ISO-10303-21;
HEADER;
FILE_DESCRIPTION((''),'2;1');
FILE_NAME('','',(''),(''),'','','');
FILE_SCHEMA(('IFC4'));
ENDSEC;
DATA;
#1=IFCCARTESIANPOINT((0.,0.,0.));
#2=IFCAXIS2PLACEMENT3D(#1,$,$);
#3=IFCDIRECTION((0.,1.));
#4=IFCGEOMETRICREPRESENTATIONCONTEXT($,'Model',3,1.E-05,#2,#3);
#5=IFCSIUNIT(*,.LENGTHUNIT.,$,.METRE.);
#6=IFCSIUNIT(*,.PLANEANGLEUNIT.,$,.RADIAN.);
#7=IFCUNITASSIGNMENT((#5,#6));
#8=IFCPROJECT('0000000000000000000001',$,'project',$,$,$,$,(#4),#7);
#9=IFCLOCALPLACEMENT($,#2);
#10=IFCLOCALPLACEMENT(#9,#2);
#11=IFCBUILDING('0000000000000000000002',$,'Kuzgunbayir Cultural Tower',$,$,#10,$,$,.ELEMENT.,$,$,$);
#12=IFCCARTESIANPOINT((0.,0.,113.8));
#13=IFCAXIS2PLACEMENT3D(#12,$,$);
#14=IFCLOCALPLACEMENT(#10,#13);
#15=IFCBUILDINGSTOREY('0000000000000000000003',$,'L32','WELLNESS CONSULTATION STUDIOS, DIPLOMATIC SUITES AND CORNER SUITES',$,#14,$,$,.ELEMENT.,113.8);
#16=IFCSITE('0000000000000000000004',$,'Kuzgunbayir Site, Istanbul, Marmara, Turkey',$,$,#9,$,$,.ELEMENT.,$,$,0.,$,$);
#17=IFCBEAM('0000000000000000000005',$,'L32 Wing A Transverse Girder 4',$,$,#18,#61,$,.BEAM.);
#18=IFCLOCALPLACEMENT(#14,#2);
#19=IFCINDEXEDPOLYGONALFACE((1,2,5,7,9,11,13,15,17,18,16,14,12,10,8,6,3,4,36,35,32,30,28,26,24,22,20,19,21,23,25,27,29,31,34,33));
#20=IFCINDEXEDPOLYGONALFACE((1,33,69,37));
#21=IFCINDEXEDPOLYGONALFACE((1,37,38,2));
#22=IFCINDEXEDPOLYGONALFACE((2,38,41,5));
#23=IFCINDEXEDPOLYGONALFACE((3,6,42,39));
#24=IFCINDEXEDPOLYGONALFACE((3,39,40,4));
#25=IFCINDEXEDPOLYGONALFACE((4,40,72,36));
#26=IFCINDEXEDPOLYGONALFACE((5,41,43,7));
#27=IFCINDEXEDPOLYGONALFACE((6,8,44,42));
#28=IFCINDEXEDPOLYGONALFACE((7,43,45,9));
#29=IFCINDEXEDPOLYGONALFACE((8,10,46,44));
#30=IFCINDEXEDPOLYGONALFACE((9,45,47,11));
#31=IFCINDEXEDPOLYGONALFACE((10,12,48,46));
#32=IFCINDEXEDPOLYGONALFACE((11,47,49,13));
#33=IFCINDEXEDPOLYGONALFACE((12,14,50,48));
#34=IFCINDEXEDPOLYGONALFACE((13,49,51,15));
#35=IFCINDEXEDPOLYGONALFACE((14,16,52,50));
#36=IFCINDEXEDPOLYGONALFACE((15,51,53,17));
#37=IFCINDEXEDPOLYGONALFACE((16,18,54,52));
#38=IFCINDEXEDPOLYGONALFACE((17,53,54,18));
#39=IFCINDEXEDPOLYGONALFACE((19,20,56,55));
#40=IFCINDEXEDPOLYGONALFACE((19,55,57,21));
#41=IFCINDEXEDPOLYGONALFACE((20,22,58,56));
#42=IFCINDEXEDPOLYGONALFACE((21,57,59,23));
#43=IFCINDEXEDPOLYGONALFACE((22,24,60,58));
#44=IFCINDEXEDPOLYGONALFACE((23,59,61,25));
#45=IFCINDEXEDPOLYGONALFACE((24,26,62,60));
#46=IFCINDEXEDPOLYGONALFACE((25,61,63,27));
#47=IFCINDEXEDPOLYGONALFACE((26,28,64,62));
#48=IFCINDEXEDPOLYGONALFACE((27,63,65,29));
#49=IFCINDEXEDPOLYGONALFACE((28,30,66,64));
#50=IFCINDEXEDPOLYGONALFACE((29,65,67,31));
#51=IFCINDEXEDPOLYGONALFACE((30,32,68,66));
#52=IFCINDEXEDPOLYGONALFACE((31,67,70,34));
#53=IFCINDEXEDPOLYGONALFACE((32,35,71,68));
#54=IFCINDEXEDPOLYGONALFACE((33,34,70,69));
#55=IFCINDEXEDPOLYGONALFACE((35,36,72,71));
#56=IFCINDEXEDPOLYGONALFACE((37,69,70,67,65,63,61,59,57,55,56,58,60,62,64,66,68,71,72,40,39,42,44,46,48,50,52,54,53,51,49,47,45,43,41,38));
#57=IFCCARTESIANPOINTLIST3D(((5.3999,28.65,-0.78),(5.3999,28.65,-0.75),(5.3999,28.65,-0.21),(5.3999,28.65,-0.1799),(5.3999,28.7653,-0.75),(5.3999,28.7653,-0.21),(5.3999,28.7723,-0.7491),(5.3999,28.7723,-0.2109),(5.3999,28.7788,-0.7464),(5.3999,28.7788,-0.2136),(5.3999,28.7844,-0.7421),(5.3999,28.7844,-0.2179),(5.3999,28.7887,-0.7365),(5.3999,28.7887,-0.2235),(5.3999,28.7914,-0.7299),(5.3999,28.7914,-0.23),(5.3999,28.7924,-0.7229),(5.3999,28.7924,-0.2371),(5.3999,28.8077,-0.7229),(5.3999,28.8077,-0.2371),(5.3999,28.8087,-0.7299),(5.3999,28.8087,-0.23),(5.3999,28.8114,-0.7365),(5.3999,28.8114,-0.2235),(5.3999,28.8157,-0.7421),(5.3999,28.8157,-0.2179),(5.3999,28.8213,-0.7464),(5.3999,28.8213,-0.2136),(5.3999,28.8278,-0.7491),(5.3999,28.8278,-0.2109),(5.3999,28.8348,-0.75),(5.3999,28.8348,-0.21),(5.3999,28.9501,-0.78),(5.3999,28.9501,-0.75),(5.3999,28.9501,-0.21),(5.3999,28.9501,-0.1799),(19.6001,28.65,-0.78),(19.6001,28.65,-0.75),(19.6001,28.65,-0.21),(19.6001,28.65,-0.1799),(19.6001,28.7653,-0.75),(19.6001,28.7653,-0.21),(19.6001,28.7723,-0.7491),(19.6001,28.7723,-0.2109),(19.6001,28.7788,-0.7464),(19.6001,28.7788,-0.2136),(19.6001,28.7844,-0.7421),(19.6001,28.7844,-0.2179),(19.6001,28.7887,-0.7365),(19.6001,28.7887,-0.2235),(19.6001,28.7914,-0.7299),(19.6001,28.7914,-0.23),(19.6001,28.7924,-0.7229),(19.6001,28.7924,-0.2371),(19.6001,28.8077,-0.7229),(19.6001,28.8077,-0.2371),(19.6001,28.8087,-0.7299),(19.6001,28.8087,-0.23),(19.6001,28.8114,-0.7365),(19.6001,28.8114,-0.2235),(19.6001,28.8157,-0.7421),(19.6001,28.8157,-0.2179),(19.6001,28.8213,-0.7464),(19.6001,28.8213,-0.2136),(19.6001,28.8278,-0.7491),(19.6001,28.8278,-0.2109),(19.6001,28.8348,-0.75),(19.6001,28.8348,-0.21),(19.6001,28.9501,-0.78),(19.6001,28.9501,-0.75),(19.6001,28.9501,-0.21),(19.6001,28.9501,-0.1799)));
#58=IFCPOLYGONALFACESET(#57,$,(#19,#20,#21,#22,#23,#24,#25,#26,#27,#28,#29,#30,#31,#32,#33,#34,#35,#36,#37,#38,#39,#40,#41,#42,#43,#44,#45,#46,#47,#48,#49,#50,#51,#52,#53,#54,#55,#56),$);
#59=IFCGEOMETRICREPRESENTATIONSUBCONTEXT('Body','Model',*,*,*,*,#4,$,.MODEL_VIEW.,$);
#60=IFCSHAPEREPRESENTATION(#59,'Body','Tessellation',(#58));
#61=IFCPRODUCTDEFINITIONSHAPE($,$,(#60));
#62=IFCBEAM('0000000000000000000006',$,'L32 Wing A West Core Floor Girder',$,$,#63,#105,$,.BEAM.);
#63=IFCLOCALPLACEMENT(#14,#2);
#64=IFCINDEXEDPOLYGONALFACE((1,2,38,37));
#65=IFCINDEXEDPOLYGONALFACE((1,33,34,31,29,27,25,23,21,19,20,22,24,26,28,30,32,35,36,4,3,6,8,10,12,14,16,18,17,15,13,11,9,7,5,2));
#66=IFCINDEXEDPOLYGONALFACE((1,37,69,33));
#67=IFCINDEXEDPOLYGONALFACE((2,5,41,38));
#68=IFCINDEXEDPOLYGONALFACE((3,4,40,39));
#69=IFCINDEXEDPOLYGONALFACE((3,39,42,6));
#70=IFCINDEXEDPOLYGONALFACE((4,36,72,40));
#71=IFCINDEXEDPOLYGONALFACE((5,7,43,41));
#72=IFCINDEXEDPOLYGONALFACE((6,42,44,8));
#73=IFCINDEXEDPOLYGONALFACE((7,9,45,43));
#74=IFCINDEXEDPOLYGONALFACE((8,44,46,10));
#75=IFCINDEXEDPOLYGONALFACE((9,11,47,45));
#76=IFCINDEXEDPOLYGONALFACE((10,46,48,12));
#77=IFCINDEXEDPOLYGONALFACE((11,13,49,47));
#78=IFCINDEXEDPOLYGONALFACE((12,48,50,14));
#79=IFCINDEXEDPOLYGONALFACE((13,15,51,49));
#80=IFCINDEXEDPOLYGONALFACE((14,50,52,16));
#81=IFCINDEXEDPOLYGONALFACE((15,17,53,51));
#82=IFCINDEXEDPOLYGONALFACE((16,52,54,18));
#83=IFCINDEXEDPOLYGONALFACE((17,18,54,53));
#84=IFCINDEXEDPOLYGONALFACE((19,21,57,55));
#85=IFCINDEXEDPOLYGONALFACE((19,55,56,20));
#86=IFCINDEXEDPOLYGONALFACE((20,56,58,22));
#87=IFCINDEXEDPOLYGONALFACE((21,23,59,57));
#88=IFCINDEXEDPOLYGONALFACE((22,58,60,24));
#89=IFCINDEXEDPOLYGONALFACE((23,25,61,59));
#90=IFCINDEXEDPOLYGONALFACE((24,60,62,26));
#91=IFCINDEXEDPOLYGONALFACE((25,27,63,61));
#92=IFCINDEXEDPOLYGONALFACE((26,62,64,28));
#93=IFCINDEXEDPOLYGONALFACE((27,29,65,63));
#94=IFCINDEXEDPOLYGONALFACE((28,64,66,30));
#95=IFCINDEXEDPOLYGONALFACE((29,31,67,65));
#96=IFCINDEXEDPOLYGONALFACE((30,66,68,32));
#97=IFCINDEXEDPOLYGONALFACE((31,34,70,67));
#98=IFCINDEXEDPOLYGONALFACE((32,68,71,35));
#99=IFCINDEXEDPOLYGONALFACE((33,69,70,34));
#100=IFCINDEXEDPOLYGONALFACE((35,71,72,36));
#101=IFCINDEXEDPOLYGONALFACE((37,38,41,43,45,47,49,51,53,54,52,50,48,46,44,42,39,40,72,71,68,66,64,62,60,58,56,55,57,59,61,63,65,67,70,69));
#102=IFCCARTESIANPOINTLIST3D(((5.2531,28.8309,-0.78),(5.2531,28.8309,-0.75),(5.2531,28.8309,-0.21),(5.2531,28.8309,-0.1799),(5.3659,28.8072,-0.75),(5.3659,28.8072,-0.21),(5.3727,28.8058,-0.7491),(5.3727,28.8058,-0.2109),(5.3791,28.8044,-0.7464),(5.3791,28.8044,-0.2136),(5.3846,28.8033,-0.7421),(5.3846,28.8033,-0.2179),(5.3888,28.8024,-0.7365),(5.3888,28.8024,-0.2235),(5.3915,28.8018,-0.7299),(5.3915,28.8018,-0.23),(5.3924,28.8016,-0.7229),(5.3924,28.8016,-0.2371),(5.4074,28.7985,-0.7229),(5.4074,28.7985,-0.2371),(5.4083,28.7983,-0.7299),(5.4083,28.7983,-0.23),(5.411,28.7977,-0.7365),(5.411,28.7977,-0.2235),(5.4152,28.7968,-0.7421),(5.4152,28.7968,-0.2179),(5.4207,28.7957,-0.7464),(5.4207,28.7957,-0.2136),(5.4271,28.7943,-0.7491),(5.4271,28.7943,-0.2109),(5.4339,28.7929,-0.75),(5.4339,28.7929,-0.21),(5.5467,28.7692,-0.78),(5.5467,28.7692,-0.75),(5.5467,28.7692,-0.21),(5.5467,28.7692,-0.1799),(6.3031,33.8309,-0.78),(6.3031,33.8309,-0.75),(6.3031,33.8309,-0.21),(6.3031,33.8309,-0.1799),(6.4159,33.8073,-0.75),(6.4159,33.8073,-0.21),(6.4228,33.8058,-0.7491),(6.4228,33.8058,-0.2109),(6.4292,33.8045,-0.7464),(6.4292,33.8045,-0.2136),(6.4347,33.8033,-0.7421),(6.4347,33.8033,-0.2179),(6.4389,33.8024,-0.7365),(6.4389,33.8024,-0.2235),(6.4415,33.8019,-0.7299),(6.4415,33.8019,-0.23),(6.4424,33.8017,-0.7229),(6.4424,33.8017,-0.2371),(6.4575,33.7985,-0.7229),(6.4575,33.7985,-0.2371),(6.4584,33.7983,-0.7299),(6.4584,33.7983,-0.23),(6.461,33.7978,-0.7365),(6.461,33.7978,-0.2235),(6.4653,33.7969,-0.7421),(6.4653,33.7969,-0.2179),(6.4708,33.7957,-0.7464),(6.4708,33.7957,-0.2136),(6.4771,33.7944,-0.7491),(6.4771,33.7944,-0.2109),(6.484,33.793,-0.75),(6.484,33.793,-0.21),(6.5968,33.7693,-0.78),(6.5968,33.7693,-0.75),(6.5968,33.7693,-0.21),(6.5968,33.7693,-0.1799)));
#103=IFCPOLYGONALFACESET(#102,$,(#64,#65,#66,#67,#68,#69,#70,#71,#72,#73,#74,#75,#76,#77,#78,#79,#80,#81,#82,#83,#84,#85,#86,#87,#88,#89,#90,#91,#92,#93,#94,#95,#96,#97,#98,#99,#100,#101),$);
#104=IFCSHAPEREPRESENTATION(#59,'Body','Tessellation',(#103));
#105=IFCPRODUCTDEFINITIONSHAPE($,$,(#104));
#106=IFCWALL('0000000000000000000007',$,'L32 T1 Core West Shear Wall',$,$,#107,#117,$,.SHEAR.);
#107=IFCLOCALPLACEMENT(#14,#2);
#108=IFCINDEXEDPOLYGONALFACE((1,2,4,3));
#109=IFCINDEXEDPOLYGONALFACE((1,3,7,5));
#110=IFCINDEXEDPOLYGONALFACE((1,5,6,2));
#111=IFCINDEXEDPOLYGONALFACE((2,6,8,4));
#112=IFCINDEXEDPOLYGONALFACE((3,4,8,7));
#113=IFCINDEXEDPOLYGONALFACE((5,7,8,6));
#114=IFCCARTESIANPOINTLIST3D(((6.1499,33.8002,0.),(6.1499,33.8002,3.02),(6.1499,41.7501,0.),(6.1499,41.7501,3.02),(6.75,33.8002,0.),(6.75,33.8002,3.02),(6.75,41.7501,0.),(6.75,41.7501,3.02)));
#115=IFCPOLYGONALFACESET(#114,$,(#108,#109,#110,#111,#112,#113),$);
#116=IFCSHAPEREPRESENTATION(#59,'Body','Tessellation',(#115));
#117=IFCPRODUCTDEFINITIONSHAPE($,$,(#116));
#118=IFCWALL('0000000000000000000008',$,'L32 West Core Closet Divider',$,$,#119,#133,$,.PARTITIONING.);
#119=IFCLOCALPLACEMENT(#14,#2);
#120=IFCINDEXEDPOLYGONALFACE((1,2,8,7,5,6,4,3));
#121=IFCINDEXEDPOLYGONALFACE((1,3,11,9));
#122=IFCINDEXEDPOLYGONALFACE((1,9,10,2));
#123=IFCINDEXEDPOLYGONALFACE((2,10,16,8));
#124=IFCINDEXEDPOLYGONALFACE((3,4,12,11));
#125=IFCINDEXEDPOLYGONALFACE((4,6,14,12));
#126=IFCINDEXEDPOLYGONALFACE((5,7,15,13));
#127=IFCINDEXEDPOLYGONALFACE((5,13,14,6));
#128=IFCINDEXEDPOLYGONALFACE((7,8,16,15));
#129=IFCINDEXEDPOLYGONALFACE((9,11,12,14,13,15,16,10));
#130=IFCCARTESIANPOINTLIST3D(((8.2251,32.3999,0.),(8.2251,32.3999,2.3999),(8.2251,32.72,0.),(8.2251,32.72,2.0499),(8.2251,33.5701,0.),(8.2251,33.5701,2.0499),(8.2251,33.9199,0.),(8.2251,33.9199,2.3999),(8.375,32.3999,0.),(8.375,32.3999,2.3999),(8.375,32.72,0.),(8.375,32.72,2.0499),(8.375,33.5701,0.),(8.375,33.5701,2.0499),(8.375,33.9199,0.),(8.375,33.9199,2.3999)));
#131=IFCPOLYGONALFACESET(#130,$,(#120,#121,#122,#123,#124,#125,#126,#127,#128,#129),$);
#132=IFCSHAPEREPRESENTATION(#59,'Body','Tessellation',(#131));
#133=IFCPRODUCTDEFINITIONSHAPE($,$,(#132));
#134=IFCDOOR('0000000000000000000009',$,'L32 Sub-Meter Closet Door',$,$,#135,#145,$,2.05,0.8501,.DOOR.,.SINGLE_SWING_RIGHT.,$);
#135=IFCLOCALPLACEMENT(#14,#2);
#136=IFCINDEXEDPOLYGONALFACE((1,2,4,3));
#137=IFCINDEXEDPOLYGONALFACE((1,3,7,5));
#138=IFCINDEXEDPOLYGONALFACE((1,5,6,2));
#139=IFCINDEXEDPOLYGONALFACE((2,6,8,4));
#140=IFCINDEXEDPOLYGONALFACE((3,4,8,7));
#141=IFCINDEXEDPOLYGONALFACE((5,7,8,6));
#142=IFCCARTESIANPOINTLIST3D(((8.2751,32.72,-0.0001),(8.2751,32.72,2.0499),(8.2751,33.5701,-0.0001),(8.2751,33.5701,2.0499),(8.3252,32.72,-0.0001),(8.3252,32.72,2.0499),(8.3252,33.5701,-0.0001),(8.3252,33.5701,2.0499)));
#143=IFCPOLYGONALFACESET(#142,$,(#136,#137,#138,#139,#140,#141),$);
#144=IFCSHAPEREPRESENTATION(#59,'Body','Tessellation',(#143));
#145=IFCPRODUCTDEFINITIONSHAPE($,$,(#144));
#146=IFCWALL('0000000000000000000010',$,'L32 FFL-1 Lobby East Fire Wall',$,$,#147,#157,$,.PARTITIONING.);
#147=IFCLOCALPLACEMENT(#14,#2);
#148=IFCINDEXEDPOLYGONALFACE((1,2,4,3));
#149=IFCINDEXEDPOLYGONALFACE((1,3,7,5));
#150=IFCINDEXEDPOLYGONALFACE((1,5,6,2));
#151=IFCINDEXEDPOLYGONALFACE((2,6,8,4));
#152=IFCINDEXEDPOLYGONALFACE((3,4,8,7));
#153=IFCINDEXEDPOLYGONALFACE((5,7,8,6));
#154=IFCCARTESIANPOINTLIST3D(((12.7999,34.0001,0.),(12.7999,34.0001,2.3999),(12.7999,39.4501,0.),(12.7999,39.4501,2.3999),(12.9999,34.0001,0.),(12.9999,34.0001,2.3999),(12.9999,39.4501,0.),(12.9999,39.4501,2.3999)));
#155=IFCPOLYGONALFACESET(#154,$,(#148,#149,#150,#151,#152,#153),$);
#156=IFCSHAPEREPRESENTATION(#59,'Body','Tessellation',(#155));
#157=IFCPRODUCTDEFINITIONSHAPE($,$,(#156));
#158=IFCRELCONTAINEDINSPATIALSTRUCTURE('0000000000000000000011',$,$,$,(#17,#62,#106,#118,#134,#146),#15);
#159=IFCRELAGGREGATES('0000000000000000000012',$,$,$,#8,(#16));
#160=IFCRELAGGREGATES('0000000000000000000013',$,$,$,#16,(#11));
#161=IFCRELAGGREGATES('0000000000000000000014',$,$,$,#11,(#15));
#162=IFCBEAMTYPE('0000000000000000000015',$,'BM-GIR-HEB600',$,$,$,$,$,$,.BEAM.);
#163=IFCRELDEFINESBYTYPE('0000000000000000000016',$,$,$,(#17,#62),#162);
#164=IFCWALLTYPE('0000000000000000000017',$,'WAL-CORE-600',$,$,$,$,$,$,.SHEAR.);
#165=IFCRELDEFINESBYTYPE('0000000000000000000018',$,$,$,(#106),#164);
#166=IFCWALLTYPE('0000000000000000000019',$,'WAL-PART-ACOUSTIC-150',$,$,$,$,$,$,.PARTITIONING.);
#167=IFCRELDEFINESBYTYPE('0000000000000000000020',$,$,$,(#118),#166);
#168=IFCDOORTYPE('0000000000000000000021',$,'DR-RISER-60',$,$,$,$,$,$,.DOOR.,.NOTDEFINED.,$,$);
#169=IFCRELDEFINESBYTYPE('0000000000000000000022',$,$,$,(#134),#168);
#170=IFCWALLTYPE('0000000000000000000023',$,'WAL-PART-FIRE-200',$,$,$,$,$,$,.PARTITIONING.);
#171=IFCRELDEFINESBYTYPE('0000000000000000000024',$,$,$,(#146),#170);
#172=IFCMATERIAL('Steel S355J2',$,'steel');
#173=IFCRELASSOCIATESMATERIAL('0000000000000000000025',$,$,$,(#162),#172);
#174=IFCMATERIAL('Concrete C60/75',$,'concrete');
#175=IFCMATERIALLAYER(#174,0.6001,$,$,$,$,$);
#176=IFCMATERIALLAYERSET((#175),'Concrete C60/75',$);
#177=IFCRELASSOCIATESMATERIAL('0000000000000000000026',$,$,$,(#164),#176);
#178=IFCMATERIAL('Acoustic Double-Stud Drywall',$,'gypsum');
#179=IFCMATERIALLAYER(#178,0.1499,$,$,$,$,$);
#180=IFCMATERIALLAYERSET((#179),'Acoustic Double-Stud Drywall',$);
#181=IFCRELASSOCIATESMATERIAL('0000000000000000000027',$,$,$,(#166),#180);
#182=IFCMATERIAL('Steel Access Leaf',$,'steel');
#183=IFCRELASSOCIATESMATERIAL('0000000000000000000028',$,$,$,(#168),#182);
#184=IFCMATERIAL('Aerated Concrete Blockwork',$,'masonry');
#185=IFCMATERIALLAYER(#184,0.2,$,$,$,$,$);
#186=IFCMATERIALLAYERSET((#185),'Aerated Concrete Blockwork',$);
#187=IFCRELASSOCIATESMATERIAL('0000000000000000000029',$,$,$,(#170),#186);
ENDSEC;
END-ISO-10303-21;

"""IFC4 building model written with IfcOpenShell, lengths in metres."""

from ifc_helpers import new_model, si_unit, direction, frame, frame_2d, origin, origin_2d, place, context, subcontext, project, spatial, rectangle, i_section, extrude, material, layer, layer_set, material_profile, profile_set, type_object, element, fill, save


model = new_model("IFC4")

# Units and contexts
model_context = context("Model", 3, precision=1e-05, world=origin(), true_north=direction((0.0, 1.0)))
body_context = subcontext(model_context, "Body", "Model", "MODEL_VIEW")
ifc_project = project(units=[si_unit("LENGTHUNIT", "METRE"), si_unit("PLANEANGLEUNIT", "RADIAN")], contexts=[model_context])

# Site, building, storey
site_placement = place(None, origin())
site = spatial("IfcSite", under=ifc_project, at=site_placement, Name="Kuzgunbayir Site, Istanbul, Marmara, Turkey", CompositionType="ELEMENT", RefElevation=0.0)
building_placement = place(site_placement, origin())
building = spatial("IfcBuilding", under=site, at=building_placement, Name="Kuzgunbayir Cultural Tower", CompositionType="ELEMENT")
storey_placement = place(building_placement, frame((0.0, 0.0, 113.8)))
storey = spatial("IfcBuildingStorey", under=building, at=storey_placement, Name="L32", Description="WELLNESS CONSULTATION STUDIOS, DIPLOMATIC SUITES AND CORNER SUITES", CompositionType="ELEMENT", Elevation=113.8)

# Beams
ifc_material_1 = material(Name="Steel S355J2", Category="steel")
ifc_material_profile_1 = material_profile(ifc_material_1, i_section(OverallWidth=0.3, OverallDepth=0.6001, WebThickness=0.0154, FlangeThickness=0.03, FilletRadius=0.0271, at=origin_2d()), Name="HEB 600")
ifc_profile_set_1 = profile_set([ifc_material_profile_1], Name="Steel S355J2")
beam_type = type_object("IfcBeamType", Name="BM-GIR-HEB600", PredefinedType="BEAM", material=ifc_profile_set_1)
beam_1_placement = place(storey_placement, frame((5.3999, 28.8, -0.48), z_axis=(1.0, 0.0, 0.0), x_axis=(0.0, 1.0, 0.0)))
element("IfcBeam", 1, at=beam_1_placement, inside=storey, type_object=beam_type, Name="L32 Wing A Transverse Girder 4", PredefinedType="BEAM", context=body_context, shape_type="SweptSolid", body=[
    extrude(i_section(OverallWidth=0.3, OverallDepth=0.6001, WebThickness=0.0154, FlangeThickness=0.03, FilletRadius=0.0271, at=origin_2d()), origin(), (0.0, 0.0, 1.0), 14.2002),
])
beam_2_placement = place(storey_placement, frame((5.3999, 28.8, -0.48), z_axis=(0.205526, 0.978652, 0.0), x_axis=(-0.978652, 0.205526, 0.0)))
element("IfcBeam", 2, at=beam_2_placement, inside=storey, type_object=beam_type, Name="L32 Wing A West Core Floor Girder", PredefinedType="BEAM", context=body_context, shape_type="SweptSolid", body=[
    extrude(i_section(OverallWidth=0.3, OverallDepth=0.6001, WebThickness=0.0154, FlangeThickness=0.03, FilletRadius=0.0271, at=origin_2d()), origin(), (0.0, 0.0, 1.0), 5.1091),
])

# Wall
ifc_material_2 = material(Name="Concrete C60/75", Category="concrete")
ifc_layer_1 = layer(ifc_material_2, 0.6001)
ifc_layer_set_1 = layer_set([ifc_layer_1], Name="Concrete C60/75")
wall_type_1 = type_object("IfcWallType", Name="WAL-CORE-600", PredefinedType="SHEAR", material=ifc_layer_set_1)
wall_1_placement = place(storey_placement, frame((6.45, 33.8, 0.0), z_axis=(0.0, 0.0, 1.0), x_axis=(0.0, 1.0, 0.0)))
element("IfcWall", 3, at=wall_1_placement, inside=storey, type_object=wall_type_1, Name="L32 T1 Core West Shear Wall", PredefinedType="SHEAR", context=body_context, shape_type="SweptSolid", body=[
    extrude(rectangle(XDim=7.95, YDim=0.6001, at=frame_2d((3.9751, 0.0))), origin(), (0.0, 0.0, 1.0), 3.02),
])

# Wall, opening, door
ifc_material_3 = material(Name="Acoustic Double-Stud Drywall", Category="gypsum")
ifc_layer_2 = layer(ifc_material_3, 0.1499)
ifc_layer_set_2 = layer_set([ifc_layer_2], Name="Acoustic Double-Stud Drywall")
wall_type_2 = type_object("IfcWallType", Name="WAL-PART-ACOUSTIC-150", PredefinedType="PARTITIONING", material=ifc_layer_set_2)
wall_2_placement = place(storey_placement, frame((8.3, 32.3999, 0.0), z_axis=(0.0, 0.0, 1.0), x_axis=(0.0, 1.0, 0.0)))
wall_2 = element("IfcWall", 4, at=wall_2_placement, inside=storey, type_object=wall_type_2, Name="L32 West Core Closet Divider", PredefinedType="PARTITIONING", context=body_context, shape_type="SweptSolid", body=[
    extrude(rectangle(XDim=1.52, YDim=0.1499, at=frame_2d((0.76, 0.0))), origin(), (0.0, 0.0, 1.0), 2.3999),
])
opening_1_placement = place(wall_2_placement, frame((0.3201, 0.0, 0.0)))
opening_1 = element("IfcOpeningElement", 5, at=opening_1_placement, cuts=wall_2, PredefinedType="OPENING", context=body_context, shape_type="SweptSolid", body=[
    extrude(rectangle(XDim=0.8501, YDim=2.05, at=frame_2d((0.425, 1.0249))), frame((0.0, 0.085, 0.0), z_axis=(0.0, -1.0, 0.0), x_axis=(1.0, 0.0, 0.0)), (0.0, 0.0, 1.0), 0.1699),
])
ifc_material_4 = material(Name="Steel Access Leaf", Category="steel")
door_type_1 = type_object("IfcDoorType", Name="DR-RISER-60", OperationType="NOTDEFINED", PredefinedType="DOOR", material=ifc_material_4)
door_1_placement = place(opening_1_placement, origin())
door_1 = element("IfcDoor", 6, at=door_1_placement, inside=storey, type_object=door_type_1, Name="L32 Sub-Meter Closet Door", OperationType="SINGLE_SWING_RIGHT", OverallHeight=2.05, OverallWidth=0.8501, PredefinedType="DOOR", context=body_context, shape_type="SweptSolid", body=[
    extrude(rectangle(XDim=0.8501, YDim=2.05, at=frame_2d((0.425, 1.0249))), frame((0.0, 0.0249, 0.0), z_axis=(0.0, -1.0, 0.0), x_axis=(1.0, 0.0, 0.0)), (0.0, 0.0, 1.0), 0.05),
])
fill(opening_1, door_1)

# Wall
ifc_material_5 = material(Name="Aerated Concrete Blockwork", Category="masonry")
ifc_layer_3 = layer(ifc_material_5, 0.2)
ifc_layer_set_3 = layer_set([ifc_layer_3], Name="Aerated Concrete Blockwork")
wall_type_3 = type_object("IfcWallType", Name="WAL-PART-FIRE-200", PredefinedType="PARTITIONING", material=ifc_layer_set_3)
wall_3_placement = place(storey_placement, frame((12.8999, 34.0, 0.0), z_axis=(0.0, 0.0, 1.0), x_axis=(0.0, 1.0, 0.0)))
element("IfcWall", 7, at=wall_3_placement, inside=storey, type_object=wall_type_3, Name="L32 FFL-1 Lobby East Fire Wall", PredefinedType="PARTITIONING", context=body_context, shape_type="SweptSolid", body=[
    extrude(rectangle(XDim=5.45, YDim=0.2, at=frame_2d((2.7251, 0.0))), origin(), (0.0, 0.0, 1.0), 2.3999),
])

save(model, "model.ifc")
